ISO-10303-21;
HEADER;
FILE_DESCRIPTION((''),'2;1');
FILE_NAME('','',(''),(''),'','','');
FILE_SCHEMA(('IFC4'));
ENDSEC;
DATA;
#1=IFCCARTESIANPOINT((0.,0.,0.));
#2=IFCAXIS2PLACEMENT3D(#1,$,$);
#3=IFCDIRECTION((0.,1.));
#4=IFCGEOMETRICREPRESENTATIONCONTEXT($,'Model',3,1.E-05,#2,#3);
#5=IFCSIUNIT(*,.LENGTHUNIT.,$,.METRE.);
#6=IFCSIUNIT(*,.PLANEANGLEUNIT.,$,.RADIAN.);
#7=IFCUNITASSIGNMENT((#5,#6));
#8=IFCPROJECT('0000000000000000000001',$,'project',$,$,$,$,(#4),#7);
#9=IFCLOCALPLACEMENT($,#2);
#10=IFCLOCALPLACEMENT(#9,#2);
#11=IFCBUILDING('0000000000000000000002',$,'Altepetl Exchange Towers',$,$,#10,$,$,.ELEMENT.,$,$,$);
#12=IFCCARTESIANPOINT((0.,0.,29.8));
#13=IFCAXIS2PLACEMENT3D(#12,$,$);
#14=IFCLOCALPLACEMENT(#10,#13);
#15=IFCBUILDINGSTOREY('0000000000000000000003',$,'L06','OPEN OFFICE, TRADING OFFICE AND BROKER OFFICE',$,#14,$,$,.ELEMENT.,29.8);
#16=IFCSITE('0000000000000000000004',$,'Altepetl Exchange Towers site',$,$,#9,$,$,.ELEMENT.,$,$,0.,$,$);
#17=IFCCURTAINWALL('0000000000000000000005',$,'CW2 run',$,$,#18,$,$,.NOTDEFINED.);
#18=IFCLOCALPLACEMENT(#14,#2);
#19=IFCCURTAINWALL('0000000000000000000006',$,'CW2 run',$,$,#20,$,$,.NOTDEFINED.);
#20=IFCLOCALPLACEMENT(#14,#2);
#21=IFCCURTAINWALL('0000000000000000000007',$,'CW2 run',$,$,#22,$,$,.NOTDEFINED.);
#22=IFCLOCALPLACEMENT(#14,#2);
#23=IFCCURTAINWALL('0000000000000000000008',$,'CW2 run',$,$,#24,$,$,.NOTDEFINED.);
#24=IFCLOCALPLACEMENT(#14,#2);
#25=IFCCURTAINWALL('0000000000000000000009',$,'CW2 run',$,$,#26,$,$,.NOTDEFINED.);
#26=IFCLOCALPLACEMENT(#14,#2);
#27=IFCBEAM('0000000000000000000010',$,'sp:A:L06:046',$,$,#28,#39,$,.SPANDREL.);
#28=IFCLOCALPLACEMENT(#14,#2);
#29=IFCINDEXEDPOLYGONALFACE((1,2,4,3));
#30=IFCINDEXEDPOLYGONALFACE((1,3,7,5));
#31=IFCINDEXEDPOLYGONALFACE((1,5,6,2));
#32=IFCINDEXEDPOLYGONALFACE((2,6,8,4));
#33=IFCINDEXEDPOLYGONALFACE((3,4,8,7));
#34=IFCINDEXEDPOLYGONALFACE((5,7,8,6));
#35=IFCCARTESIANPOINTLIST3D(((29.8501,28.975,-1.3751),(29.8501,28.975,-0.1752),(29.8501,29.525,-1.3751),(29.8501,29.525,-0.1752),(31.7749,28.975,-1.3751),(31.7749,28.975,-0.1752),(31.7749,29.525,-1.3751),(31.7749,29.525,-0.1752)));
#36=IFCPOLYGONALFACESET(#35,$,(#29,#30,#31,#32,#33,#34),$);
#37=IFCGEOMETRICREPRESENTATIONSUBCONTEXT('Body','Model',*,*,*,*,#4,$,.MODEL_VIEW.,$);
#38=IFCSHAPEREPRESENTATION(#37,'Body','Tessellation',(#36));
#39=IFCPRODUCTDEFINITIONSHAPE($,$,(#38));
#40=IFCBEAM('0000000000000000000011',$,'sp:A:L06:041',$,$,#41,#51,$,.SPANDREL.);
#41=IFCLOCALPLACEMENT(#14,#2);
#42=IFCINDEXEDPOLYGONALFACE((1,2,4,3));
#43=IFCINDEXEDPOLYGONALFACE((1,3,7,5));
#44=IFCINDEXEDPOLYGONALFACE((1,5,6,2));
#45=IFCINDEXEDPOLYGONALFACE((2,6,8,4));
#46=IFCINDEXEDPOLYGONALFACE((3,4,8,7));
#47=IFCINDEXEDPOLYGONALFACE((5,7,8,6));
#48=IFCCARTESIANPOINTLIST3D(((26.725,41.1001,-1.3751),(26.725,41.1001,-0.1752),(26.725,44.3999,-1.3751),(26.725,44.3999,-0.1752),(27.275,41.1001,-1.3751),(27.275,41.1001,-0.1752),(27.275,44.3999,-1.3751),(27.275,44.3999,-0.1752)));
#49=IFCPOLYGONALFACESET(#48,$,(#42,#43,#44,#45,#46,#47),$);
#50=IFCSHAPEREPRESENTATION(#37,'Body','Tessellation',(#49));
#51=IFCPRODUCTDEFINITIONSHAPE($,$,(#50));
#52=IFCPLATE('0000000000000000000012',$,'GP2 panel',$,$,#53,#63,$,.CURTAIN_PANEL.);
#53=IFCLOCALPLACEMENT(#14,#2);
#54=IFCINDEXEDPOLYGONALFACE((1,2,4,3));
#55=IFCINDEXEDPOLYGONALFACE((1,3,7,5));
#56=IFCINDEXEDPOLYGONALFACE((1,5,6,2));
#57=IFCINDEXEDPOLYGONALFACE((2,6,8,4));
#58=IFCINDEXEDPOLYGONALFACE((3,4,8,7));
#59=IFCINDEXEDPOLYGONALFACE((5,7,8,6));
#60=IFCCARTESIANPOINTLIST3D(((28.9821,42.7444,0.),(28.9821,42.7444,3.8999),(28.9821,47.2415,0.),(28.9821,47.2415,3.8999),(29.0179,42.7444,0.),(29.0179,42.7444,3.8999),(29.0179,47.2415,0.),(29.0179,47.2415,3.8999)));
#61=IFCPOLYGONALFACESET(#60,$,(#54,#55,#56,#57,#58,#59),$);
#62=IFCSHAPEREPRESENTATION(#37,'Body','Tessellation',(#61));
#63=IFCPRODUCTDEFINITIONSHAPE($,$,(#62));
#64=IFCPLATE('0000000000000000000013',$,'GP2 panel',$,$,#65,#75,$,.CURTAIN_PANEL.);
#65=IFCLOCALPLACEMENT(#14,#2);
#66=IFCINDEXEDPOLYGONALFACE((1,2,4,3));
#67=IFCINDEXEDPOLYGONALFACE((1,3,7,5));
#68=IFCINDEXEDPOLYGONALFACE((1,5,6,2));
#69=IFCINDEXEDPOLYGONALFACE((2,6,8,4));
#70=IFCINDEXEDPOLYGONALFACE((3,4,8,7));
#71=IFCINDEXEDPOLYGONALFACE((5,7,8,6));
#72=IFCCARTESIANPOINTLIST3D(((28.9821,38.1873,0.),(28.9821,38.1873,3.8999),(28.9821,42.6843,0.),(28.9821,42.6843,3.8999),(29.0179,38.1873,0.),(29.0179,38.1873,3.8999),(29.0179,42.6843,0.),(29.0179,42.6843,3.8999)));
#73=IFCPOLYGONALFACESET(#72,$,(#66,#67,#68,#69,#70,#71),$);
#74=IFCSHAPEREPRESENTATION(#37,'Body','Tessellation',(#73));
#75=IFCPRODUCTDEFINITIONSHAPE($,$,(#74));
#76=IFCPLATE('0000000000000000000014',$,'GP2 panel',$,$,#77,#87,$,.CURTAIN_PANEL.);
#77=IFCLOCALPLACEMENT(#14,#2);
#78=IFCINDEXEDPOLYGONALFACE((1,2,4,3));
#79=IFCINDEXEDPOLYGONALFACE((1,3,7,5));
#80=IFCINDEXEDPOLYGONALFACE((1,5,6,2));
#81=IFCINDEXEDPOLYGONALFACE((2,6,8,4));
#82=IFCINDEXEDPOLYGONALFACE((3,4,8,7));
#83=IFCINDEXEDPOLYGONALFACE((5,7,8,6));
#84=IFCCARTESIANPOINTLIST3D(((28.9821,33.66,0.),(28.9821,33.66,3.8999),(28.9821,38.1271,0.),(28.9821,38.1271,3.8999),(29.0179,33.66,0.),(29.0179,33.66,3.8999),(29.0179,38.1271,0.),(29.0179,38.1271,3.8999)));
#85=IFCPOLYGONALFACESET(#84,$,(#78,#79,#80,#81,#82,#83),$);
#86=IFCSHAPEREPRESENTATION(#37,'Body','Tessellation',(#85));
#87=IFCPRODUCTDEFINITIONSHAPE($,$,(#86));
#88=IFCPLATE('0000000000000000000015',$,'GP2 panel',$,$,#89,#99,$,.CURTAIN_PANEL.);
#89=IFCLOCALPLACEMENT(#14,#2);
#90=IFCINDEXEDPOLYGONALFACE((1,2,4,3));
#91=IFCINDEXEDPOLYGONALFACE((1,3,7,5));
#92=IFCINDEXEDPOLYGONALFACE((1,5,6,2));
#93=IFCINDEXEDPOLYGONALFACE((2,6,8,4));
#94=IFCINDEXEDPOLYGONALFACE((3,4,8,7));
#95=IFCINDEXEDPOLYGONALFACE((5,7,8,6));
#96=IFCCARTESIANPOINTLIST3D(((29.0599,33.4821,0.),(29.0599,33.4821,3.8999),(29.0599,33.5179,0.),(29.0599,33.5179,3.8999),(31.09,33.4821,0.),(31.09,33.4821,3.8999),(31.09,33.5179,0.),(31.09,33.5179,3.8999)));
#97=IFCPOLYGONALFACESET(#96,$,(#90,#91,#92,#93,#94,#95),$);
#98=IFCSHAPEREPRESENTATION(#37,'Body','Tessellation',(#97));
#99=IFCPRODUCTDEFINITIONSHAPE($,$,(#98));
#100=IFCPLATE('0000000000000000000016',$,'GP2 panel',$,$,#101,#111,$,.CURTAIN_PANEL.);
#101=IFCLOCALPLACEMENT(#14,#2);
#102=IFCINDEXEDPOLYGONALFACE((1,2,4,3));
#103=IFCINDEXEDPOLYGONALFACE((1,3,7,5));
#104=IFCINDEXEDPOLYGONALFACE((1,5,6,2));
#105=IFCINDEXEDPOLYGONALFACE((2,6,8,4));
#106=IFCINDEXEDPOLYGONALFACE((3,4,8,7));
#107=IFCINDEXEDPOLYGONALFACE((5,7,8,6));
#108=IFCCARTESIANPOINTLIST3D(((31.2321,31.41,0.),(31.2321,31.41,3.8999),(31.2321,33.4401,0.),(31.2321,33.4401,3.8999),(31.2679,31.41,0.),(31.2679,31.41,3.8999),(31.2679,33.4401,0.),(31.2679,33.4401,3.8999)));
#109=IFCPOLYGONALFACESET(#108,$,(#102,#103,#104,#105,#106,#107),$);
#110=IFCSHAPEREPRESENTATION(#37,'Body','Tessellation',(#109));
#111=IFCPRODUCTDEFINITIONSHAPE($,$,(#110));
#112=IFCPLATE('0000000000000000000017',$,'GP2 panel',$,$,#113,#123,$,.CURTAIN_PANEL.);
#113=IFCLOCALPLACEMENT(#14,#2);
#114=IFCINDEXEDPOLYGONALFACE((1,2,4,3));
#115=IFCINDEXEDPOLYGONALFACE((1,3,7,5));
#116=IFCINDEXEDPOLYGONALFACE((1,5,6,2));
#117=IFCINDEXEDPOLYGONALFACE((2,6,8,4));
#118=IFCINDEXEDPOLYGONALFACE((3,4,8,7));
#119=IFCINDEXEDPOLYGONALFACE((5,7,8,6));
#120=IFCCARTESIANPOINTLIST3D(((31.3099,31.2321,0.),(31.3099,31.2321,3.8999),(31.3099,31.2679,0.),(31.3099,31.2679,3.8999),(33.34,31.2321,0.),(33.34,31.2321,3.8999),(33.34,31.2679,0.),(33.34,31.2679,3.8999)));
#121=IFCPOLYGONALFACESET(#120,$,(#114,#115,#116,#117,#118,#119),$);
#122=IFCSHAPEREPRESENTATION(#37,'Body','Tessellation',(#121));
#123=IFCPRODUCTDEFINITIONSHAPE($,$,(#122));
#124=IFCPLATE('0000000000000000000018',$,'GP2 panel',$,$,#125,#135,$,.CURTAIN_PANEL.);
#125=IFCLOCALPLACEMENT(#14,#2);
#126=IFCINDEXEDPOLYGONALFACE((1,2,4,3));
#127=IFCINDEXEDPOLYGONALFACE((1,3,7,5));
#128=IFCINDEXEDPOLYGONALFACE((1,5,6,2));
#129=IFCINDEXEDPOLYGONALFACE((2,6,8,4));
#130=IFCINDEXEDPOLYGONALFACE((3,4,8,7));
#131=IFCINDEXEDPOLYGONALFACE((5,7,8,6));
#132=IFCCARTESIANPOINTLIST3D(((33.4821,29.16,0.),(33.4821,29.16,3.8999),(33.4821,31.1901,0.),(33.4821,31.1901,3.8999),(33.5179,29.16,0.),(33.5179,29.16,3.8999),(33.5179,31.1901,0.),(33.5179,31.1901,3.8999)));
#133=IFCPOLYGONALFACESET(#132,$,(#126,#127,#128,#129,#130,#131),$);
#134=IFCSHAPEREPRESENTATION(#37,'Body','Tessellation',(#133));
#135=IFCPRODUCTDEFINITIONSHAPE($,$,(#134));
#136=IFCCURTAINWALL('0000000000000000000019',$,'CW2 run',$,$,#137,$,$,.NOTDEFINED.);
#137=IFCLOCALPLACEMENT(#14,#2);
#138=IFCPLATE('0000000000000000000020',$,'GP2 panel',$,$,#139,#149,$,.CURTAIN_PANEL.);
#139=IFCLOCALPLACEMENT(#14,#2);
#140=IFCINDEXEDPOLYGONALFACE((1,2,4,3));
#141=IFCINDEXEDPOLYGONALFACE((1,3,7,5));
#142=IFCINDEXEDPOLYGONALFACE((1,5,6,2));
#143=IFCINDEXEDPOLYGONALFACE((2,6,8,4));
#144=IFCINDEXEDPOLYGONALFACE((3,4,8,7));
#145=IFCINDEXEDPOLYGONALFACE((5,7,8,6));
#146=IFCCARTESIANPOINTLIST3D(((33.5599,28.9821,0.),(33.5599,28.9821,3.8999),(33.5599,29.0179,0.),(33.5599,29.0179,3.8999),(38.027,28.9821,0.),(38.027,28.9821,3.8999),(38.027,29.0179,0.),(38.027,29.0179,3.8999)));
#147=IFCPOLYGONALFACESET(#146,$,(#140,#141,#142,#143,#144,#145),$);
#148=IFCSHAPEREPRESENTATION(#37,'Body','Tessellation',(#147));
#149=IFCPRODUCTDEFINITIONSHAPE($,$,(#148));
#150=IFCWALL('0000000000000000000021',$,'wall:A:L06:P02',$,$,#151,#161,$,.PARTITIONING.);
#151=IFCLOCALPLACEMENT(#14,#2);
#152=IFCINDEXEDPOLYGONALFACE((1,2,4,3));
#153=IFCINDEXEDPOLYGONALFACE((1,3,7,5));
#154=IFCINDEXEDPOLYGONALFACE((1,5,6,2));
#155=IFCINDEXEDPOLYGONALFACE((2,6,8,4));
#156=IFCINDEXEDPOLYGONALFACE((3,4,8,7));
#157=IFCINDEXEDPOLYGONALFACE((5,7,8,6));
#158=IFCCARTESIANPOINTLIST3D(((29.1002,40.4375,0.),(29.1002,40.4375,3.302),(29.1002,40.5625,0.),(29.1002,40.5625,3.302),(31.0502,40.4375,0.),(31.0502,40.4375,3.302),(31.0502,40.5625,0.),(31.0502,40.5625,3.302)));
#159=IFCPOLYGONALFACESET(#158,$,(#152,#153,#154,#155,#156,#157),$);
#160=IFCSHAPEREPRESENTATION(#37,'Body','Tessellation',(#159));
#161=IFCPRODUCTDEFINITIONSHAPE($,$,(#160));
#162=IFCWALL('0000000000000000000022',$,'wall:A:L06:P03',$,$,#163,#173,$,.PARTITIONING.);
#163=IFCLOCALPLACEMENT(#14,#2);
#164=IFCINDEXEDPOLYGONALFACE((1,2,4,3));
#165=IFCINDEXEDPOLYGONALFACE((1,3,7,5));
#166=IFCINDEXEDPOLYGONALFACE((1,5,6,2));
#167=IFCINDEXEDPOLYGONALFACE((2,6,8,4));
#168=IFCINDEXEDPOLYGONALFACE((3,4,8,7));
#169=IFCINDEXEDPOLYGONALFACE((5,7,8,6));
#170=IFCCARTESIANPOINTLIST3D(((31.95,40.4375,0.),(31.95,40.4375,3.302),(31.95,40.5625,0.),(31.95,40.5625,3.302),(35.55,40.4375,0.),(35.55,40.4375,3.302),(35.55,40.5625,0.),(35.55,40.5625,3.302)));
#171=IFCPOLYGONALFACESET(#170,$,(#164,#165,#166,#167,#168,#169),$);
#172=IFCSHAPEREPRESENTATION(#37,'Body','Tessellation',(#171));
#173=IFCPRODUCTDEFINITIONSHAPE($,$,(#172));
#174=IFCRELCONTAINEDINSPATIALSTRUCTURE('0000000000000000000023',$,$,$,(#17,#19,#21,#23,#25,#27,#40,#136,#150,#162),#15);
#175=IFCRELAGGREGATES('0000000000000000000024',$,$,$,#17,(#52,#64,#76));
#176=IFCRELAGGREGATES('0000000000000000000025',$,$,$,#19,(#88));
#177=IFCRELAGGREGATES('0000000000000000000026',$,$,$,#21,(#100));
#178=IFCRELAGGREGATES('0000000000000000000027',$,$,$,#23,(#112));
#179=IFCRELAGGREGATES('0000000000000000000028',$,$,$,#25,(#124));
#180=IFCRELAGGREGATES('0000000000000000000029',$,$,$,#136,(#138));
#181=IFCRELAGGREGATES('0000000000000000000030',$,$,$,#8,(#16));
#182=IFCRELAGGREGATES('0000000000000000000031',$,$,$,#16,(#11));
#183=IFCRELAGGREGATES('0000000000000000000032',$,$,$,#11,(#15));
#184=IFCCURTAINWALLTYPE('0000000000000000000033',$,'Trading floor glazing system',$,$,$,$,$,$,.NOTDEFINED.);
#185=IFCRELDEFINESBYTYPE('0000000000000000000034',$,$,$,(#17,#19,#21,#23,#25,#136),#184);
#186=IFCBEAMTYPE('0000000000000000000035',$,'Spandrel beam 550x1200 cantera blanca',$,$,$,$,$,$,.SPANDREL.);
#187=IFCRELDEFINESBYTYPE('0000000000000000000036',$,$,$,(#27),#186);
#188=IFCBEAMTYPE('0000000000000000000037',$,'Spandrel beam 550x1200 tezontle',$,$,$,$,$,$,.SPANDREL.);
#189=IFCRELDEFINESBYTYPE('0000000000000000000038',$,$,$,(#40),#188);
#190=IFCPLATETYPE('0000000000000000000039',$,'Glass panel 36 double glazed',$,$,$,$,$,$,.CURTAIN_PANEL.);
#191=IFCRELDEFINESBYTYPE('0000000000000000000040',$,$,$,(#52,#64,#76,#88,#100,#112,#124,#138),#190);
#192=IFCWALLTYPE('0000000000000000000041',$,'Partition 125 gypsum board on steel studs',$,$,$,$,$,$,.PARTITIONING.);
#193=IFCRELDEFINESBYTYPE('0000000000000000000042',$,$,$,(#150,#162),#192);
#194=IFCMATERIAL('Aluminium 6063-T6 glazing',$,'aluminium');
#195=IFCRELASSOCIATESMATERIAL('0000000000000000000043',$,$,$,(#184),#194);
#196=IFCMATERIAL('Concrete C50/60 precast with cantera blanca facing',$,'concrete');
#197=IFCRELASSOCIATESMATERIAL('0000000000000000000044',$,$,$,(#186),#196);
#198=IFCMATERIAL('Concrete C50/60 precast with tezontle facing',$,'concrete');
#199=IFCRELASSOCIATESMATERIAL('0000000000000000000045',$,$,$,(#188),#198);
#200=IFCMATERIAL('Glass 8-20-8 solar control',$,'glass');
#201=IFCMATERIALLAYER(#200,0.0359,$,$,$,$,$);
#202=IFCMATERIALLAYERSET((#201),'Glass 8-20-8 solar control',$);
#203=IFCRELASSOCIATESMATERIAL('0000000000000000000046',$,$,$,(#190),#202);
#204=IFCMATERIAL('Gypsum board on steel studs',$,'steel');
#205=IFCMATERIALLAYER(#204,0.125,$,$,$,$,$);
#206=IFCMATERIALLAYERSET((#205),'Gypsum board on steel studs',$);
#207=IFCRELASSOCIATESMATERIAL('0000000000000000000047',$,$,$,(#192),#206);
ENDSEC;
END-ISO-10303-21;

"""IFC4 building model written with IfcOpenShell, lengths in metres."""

from ifc_helpers import new_model, si_unit, direction, frame, frame_2d, origin, origin_2d, place, context, subcontext, project, spatial, rectangle, extrude, material, layer, layer_set, material_profile, profile_set, type_object, element, aggregate, save


model = new_model("IFC4")

# Units and contexts
model_context = context("Model", 3, precision=1e-05, world=origin(), true_north=direction((0.0, 1.0)))
body_context = subcontext(model_context, "Body", "Model", "MODEL_VIEW")
ifc_project = project(units=[si_unit("LENGTHUNIT", "METRE"), si_unit("PLANEANGLEUNIT", "RADIAN")], contexts=[model_context])

# Site, building, storey
site_placement = place(None, origin())
site = spatial("IfcSite", under=ifc_project, at=site_placement, Name="Altepetl Exchange Towers site", CompositionType="ELEMENT", RefElevation=0.0)
building_placement = place(site_placement, origin())
building = spatial("IfcBuilding", under=site, at=building_placement, Name="Altepetl Exchange Towers", CompositionType="ELEMENT")
storey_placement = place(building_placement, frame((0.0, 0.0, 29.8)))
storey = spatial("IfcBuildingStorey", under=building, at=storey_placement, Name="L06", Description="OPEN OFFICE, TRADING OFFICE AND BROKER OFFICE", CompositionType="ELEMENT", Elevation=29.8)

# Curtain walls
ifc_material_1 = material(Name="Aluminium 6063-T6 glazing", Category="aluminium")
curtain_wall_type = type_object("IfcCurtainWallType", Name="Trading floor glazing system", PredefinedType="NOTDEFINED", material=ifc_material_1)
curtain_wall_1_placement = place(storey_placement, origin())
curtain_wall_1 = element("IfcCurtainWall", 1, at=curtain_wall_1_placement, inside=storey, type_object=curtain_wall_type, Name="CW2 run", PredefinedType="NOTDEFINED")
curtain_wall_2_placement = place(storey_placement, origin())
curtain_wall_2 = element("IfcCurtainWall", 2, at=curtain_wall_2_placement, inside=storey, type_object=curtain_wall_type, Name="CW2 run", PredefinedType="NOTDEFINED")
curtain_wall_3_placement = place(storey_placement, origin())
curtain_wall_3 = element("IfcCurtainWall", 3, at=curtain_wall_3_placement, inside=storey, type_object=curtain_wall_type, Name="CW2 run", PredefinedType="NOTDEFINED")
curtain_wall_4_placement = place(storey_placement, origin())
curtain_wall_4 = element("IfcCurtainWall", 4, at=curtain_wall_4_placement, inside=storey, type_object=curtain_wall_type, Name="CW2 run", PredefinedType="NOTDEFINED")
curtain_wall_5_placement = place(storey_placement, origin())
curtain_wall_5 = element("IfcCurtainWall", 5, at=curtain_wall_5_placement, inside=storey, type_object=curtain_wall_type, Name="CW2 run", PredefinedType="NOTDEFINED")

# Beams
ifc_material_2 = material(Name="Concrete C50/60 precast with cantera blanca facing", Category="concrete")
ifc_material_profile_1 = material_profile(ifc_material_2, rectangle(XDim=0.55, YDim=1.2, at=origin_2d()), Name="550 x 1200")
ifc_profile_set_1 = profile_set([ifc_material_profile_1], Name="Concrete C50/60 precast with cantera blanca facing")
beam_type_1 = type_object("IfcBeamType", Name="Spandrel beam 550x1200 cantera blanca", PredefinedType="SPANDREL", material=ifc_profile_set_1)
beam_1_placement = place(storey_placement, frame((29.8501, 29.25, -0.7751), z_axis=(1.0, 0.0, 0.0), x_axis=(0.0, 1.0, 0.0)))
element("IfcBeam", 6, at=beam_1_placement, inside=storey, type_object=beam_type_1, Name="sp:A:L06:046", PredefinedType="SPANDREL", context=body_context, shape_type="SweptSolid", body=[
    extrude(rectangle(XDim=0.55, YDim=1.2, at=origin_2d()), origin(), (0.0, 0.0, 1.0), 1.9248),
])
ifc_material_3 = material(Name="Concrete C50/60 precast with tezontle facing", Category="concrete")
ifc_material_profile_2 = material_profile(ifc_material_3, rectangle(XDim=0.55, YDim=1.2, at=origin_2d()), Name="550 x 1200")
ifc_profile_set_2 = profile_set([ifc_material_profile_2], Name="Concrete C50/60 precast with tezontle facing")
beam_type_2 = type_object("IfcBeamType", Name="Spandrel beam 550x1200 tezontle", PredefinedType="SPANDREL", material=ifc_profile_set_2)
beam_2_placement = place(storey_placement, frame((27.0, 44.3999, -0.7751), z_axis=(0.0, -1.0, 0.0), x_axis=(1.0, 0.0, 0.0)))
element("IfcBeam", 7, at=beam_2_placement, inside=storey, type_object=beam_type_2, Name="sp:A:L06:041", PredefinedType="SPANDREL", context=body_context, shape_type="SweptSolid", body=[
    extrude(rectangle(XDim=0.55, YDim=1.2, at=origin_2d()), origin(), (0.0, 0.0, 1.0), 3.2998),
])

# Plates
ifc_material_4 = material(Name="Glass 8-20-8 solar control", Category="glass")
ifc_layer_1 = layer(ifc_material_4, 0.0359)
ifc_layer_set_1 = layer_set([ifc_layer_1], Name="Glass 8-20-8 solar control")
plate_type = type_object("IfcPlateType", Name="Glass panel 36 double glazed", PredefinedType="CURTAIN_PANEL", material=ifc_layer_set_1)
plate_1_placement = place(storey_placement, frame((29.0, 44.9929, 0.0), z_axis=(0.0, 0.0, 1.0), x_axis=(0.0, -1.0, 0.0)))
plate_1 = element("IfcPlate", 8, at=plate_1_placement, type_object=plate_type, Name="GP2 panel", PredefinedType="CURTAIN_PANEL", context=body_context, shape_type="SweptSolid", body=[
    extrude(rectangle(XDim=4.4971, YDim=0.0359, at=origin_2d()), origin(), (0.0, 0.0, 1.0), 3.8999),
])
plate_2_placement = place(storey_placement, frame((29.0, 40.4358, 0.0), z_axis=(0.0, 0.0, 1.0), x_axis=(0.0, -1.0, 0.0)))
plate_2 = element("IfcPlate", 9, at=plate_2_placement, type_object=plate_type, Name="GP2 panel", PredefinedType="CURTAIN_PANEL", context=body_context, shape_type="SweptSolid", body=[
    extrude(rectangle(XDim=4.4971, YDim=0.0359, at=origin_2d()), origin(), (0.0, 0.0, 1.0), 3.8999),
])
plate_3_placement = place(storey_placement, frame((29.0, 35.8936, 0.0), z_axis=(0.0, 0.0, 1.0), x_axis=(0.0, -1.0, 0.0)))
plate_3 = element("IfcPlate", 10, at=plate_3_placement, type_object=plate_type, Name="GP2 panel", PredefinedType="CURTAIN_PANEL", context=body_context, shape_type="SweptSolid", body=[
    extrude(rectangle(XDim=4.467, YDim=0.0359, at=origin_2d()), origin(), (0.0, 0.0, 1.0), 3.8999),
])
aggregate(curtain_wall_1, [plate_1, plate_2, plate_3])
plate_4_placement = place(storey_placement, frame((30.075, 33.5, 0.0)))
plate_4 = element("IfcPlate", 11, at=plate_4_placement, type_object=plate_type, Name="GP2 panel", PredefinedType="CURTAIN_PANEL", context=body_context, shape_type="SweptSolid", body=[
    extrude(rectangle(XDim=2.03, YDim=0.0359, at=origin_2d()), origin(), (0.0, 0.0, 1.0), 3.8999),
])
aggregate(curtain_wall_2, [plate_4])
plate_5_placement = place(storey_placement, frame((31.25, 32.425, 0.0), z_axis=(0.0, 0.0, 1.0), x_axis=(0.0, -1.0, 0.0)))
plate_5 = element("IfcPlate", 12, at=plate_5_placement, type_object=plate_type, Name="GP2 panel", PredefinedType="CURTAIN_PANEL", context=body_context, shape_type="SweptSolid", body=[
    extrude(rectangle(XDim=2.03, YDim=0.0359, at=origin_2d()), origin(), (0.0, 0.0, 1.0), 3.8999),
])
aggregate(curtain_wall_3, [plate_5])
plate_6_placement = place(storey_placement, frame((32.325, 31.25, 0.0)))
plate_6 = element("IfcPlate", 13, at=plate_6_placement, type_object=plate_type, Name="GP2 panel", PredefinedType="CURTAIN_PANEL", context=body_context, shape_type="SweptSolid", body=[
    extrude(rectangle(XDim=2.03, YDim=0.0359, at=origin_2d()), origin(), (0.0, 0.0, 1.0), 3.8999),
])
aggregate(curtain_wall_4, [plate_6])
plate_7_placement = place(storey_placement, frame((33.5, 30.175, 0.0), z_axis=(0.0, 0.0, 1.0), x_axis=(0.0, -1.0, 0.0)))
plate_7 = element("IfcPlate", 14, at=plate_7_placement, type_object=plate_type, Name="GP2 panel", PredefinedType="CURTAIN_PANEL", context=body_context, shape_type="SweptSolid", body=[
    extrude(rectangle(XDim=2.03, YDim=0.0359, at=origin_2d()), origin(), (0.0, 0.0, 1.0), 3.8999),
])
aggregate(curtain_wall_5, [plate_7])

# Curtain wall, plate
curtain_wall_6_placement = place(storey_placement, origin())
curtain_wall_6 = element("IfcCurtainWall", 15, at=curtain_wall_6_placement, inside=storey, type_object=curtain_wall_type, Name="CW2 run", PredefinedType="NOTDEFINED")
plate_8_placement = place(storey_placement, frame((35.7935, 29.0, 0.0)))
plate_8 = element("IfcPlate", 16, at=plate_8_placement, type_object=plate_type, Name="GP2 panel", PredefinedType="CURTAIN_PANEL", context=body_context, shape_type="SweptSolid", body=[
    extrude(rectangle(XDim=4.467, YDim=0.0359, at=origin_2d()), origin(), (0.0, 0.0, 1.0), 3.8999),
])
aggregate(curtain_wall_6, [plate_8])

# Walls
ifc_material_5 = material(Name="Gypsum board on steel studs", Category="steel")
ifc_layer_2 = layer(ifc_material_5, 0.125)
ifc_layer_set_2 = layer_set([ifc_layer_2], Name="Gypsum board on steel studs")
wall_type = type_object("IfcWallType", Name="Partition 125 gypsum board on steel studs", PredefinedType="PARTITIONING", material=ifc_layer_set_2)
wall_1_placement = place(storey_placement, frame((29.1001, 40.5, 0.0)))
element("IfcWall", 17, at=wall_1_placement, inside=storey, type_object=wall_type, Name="wall:A:L06:P02", PredefinedType="PARTITIONING", context=body_context, shape_type="SweptSolid", body=[
    extrude(rectangle(XDim=1.95, YDim=0.125, at=frame_2d((0.9751, 0.0))), origin(), (0.0, 0.0, 1.0), 3.302),
])
wall_2_placement = place(storey_placement, frame((31.95, 40.5, 0.0)))
element("IfcWall", 18, at=wall_2_placement, inside=storey, type_object=wall_type, Name="wall:A:L06:P03", PredefinedType="PARTITIONING", context=body_context, shape_type="SweptSolid", body=[
    extrude(rectangle(XDim=3.6001, YDim=0.125, at=frame_2d((1.8, 0.0))), origin(), (0.0, 0.0, 1.0), 3.302),
])

save(model, "model.ifc")
